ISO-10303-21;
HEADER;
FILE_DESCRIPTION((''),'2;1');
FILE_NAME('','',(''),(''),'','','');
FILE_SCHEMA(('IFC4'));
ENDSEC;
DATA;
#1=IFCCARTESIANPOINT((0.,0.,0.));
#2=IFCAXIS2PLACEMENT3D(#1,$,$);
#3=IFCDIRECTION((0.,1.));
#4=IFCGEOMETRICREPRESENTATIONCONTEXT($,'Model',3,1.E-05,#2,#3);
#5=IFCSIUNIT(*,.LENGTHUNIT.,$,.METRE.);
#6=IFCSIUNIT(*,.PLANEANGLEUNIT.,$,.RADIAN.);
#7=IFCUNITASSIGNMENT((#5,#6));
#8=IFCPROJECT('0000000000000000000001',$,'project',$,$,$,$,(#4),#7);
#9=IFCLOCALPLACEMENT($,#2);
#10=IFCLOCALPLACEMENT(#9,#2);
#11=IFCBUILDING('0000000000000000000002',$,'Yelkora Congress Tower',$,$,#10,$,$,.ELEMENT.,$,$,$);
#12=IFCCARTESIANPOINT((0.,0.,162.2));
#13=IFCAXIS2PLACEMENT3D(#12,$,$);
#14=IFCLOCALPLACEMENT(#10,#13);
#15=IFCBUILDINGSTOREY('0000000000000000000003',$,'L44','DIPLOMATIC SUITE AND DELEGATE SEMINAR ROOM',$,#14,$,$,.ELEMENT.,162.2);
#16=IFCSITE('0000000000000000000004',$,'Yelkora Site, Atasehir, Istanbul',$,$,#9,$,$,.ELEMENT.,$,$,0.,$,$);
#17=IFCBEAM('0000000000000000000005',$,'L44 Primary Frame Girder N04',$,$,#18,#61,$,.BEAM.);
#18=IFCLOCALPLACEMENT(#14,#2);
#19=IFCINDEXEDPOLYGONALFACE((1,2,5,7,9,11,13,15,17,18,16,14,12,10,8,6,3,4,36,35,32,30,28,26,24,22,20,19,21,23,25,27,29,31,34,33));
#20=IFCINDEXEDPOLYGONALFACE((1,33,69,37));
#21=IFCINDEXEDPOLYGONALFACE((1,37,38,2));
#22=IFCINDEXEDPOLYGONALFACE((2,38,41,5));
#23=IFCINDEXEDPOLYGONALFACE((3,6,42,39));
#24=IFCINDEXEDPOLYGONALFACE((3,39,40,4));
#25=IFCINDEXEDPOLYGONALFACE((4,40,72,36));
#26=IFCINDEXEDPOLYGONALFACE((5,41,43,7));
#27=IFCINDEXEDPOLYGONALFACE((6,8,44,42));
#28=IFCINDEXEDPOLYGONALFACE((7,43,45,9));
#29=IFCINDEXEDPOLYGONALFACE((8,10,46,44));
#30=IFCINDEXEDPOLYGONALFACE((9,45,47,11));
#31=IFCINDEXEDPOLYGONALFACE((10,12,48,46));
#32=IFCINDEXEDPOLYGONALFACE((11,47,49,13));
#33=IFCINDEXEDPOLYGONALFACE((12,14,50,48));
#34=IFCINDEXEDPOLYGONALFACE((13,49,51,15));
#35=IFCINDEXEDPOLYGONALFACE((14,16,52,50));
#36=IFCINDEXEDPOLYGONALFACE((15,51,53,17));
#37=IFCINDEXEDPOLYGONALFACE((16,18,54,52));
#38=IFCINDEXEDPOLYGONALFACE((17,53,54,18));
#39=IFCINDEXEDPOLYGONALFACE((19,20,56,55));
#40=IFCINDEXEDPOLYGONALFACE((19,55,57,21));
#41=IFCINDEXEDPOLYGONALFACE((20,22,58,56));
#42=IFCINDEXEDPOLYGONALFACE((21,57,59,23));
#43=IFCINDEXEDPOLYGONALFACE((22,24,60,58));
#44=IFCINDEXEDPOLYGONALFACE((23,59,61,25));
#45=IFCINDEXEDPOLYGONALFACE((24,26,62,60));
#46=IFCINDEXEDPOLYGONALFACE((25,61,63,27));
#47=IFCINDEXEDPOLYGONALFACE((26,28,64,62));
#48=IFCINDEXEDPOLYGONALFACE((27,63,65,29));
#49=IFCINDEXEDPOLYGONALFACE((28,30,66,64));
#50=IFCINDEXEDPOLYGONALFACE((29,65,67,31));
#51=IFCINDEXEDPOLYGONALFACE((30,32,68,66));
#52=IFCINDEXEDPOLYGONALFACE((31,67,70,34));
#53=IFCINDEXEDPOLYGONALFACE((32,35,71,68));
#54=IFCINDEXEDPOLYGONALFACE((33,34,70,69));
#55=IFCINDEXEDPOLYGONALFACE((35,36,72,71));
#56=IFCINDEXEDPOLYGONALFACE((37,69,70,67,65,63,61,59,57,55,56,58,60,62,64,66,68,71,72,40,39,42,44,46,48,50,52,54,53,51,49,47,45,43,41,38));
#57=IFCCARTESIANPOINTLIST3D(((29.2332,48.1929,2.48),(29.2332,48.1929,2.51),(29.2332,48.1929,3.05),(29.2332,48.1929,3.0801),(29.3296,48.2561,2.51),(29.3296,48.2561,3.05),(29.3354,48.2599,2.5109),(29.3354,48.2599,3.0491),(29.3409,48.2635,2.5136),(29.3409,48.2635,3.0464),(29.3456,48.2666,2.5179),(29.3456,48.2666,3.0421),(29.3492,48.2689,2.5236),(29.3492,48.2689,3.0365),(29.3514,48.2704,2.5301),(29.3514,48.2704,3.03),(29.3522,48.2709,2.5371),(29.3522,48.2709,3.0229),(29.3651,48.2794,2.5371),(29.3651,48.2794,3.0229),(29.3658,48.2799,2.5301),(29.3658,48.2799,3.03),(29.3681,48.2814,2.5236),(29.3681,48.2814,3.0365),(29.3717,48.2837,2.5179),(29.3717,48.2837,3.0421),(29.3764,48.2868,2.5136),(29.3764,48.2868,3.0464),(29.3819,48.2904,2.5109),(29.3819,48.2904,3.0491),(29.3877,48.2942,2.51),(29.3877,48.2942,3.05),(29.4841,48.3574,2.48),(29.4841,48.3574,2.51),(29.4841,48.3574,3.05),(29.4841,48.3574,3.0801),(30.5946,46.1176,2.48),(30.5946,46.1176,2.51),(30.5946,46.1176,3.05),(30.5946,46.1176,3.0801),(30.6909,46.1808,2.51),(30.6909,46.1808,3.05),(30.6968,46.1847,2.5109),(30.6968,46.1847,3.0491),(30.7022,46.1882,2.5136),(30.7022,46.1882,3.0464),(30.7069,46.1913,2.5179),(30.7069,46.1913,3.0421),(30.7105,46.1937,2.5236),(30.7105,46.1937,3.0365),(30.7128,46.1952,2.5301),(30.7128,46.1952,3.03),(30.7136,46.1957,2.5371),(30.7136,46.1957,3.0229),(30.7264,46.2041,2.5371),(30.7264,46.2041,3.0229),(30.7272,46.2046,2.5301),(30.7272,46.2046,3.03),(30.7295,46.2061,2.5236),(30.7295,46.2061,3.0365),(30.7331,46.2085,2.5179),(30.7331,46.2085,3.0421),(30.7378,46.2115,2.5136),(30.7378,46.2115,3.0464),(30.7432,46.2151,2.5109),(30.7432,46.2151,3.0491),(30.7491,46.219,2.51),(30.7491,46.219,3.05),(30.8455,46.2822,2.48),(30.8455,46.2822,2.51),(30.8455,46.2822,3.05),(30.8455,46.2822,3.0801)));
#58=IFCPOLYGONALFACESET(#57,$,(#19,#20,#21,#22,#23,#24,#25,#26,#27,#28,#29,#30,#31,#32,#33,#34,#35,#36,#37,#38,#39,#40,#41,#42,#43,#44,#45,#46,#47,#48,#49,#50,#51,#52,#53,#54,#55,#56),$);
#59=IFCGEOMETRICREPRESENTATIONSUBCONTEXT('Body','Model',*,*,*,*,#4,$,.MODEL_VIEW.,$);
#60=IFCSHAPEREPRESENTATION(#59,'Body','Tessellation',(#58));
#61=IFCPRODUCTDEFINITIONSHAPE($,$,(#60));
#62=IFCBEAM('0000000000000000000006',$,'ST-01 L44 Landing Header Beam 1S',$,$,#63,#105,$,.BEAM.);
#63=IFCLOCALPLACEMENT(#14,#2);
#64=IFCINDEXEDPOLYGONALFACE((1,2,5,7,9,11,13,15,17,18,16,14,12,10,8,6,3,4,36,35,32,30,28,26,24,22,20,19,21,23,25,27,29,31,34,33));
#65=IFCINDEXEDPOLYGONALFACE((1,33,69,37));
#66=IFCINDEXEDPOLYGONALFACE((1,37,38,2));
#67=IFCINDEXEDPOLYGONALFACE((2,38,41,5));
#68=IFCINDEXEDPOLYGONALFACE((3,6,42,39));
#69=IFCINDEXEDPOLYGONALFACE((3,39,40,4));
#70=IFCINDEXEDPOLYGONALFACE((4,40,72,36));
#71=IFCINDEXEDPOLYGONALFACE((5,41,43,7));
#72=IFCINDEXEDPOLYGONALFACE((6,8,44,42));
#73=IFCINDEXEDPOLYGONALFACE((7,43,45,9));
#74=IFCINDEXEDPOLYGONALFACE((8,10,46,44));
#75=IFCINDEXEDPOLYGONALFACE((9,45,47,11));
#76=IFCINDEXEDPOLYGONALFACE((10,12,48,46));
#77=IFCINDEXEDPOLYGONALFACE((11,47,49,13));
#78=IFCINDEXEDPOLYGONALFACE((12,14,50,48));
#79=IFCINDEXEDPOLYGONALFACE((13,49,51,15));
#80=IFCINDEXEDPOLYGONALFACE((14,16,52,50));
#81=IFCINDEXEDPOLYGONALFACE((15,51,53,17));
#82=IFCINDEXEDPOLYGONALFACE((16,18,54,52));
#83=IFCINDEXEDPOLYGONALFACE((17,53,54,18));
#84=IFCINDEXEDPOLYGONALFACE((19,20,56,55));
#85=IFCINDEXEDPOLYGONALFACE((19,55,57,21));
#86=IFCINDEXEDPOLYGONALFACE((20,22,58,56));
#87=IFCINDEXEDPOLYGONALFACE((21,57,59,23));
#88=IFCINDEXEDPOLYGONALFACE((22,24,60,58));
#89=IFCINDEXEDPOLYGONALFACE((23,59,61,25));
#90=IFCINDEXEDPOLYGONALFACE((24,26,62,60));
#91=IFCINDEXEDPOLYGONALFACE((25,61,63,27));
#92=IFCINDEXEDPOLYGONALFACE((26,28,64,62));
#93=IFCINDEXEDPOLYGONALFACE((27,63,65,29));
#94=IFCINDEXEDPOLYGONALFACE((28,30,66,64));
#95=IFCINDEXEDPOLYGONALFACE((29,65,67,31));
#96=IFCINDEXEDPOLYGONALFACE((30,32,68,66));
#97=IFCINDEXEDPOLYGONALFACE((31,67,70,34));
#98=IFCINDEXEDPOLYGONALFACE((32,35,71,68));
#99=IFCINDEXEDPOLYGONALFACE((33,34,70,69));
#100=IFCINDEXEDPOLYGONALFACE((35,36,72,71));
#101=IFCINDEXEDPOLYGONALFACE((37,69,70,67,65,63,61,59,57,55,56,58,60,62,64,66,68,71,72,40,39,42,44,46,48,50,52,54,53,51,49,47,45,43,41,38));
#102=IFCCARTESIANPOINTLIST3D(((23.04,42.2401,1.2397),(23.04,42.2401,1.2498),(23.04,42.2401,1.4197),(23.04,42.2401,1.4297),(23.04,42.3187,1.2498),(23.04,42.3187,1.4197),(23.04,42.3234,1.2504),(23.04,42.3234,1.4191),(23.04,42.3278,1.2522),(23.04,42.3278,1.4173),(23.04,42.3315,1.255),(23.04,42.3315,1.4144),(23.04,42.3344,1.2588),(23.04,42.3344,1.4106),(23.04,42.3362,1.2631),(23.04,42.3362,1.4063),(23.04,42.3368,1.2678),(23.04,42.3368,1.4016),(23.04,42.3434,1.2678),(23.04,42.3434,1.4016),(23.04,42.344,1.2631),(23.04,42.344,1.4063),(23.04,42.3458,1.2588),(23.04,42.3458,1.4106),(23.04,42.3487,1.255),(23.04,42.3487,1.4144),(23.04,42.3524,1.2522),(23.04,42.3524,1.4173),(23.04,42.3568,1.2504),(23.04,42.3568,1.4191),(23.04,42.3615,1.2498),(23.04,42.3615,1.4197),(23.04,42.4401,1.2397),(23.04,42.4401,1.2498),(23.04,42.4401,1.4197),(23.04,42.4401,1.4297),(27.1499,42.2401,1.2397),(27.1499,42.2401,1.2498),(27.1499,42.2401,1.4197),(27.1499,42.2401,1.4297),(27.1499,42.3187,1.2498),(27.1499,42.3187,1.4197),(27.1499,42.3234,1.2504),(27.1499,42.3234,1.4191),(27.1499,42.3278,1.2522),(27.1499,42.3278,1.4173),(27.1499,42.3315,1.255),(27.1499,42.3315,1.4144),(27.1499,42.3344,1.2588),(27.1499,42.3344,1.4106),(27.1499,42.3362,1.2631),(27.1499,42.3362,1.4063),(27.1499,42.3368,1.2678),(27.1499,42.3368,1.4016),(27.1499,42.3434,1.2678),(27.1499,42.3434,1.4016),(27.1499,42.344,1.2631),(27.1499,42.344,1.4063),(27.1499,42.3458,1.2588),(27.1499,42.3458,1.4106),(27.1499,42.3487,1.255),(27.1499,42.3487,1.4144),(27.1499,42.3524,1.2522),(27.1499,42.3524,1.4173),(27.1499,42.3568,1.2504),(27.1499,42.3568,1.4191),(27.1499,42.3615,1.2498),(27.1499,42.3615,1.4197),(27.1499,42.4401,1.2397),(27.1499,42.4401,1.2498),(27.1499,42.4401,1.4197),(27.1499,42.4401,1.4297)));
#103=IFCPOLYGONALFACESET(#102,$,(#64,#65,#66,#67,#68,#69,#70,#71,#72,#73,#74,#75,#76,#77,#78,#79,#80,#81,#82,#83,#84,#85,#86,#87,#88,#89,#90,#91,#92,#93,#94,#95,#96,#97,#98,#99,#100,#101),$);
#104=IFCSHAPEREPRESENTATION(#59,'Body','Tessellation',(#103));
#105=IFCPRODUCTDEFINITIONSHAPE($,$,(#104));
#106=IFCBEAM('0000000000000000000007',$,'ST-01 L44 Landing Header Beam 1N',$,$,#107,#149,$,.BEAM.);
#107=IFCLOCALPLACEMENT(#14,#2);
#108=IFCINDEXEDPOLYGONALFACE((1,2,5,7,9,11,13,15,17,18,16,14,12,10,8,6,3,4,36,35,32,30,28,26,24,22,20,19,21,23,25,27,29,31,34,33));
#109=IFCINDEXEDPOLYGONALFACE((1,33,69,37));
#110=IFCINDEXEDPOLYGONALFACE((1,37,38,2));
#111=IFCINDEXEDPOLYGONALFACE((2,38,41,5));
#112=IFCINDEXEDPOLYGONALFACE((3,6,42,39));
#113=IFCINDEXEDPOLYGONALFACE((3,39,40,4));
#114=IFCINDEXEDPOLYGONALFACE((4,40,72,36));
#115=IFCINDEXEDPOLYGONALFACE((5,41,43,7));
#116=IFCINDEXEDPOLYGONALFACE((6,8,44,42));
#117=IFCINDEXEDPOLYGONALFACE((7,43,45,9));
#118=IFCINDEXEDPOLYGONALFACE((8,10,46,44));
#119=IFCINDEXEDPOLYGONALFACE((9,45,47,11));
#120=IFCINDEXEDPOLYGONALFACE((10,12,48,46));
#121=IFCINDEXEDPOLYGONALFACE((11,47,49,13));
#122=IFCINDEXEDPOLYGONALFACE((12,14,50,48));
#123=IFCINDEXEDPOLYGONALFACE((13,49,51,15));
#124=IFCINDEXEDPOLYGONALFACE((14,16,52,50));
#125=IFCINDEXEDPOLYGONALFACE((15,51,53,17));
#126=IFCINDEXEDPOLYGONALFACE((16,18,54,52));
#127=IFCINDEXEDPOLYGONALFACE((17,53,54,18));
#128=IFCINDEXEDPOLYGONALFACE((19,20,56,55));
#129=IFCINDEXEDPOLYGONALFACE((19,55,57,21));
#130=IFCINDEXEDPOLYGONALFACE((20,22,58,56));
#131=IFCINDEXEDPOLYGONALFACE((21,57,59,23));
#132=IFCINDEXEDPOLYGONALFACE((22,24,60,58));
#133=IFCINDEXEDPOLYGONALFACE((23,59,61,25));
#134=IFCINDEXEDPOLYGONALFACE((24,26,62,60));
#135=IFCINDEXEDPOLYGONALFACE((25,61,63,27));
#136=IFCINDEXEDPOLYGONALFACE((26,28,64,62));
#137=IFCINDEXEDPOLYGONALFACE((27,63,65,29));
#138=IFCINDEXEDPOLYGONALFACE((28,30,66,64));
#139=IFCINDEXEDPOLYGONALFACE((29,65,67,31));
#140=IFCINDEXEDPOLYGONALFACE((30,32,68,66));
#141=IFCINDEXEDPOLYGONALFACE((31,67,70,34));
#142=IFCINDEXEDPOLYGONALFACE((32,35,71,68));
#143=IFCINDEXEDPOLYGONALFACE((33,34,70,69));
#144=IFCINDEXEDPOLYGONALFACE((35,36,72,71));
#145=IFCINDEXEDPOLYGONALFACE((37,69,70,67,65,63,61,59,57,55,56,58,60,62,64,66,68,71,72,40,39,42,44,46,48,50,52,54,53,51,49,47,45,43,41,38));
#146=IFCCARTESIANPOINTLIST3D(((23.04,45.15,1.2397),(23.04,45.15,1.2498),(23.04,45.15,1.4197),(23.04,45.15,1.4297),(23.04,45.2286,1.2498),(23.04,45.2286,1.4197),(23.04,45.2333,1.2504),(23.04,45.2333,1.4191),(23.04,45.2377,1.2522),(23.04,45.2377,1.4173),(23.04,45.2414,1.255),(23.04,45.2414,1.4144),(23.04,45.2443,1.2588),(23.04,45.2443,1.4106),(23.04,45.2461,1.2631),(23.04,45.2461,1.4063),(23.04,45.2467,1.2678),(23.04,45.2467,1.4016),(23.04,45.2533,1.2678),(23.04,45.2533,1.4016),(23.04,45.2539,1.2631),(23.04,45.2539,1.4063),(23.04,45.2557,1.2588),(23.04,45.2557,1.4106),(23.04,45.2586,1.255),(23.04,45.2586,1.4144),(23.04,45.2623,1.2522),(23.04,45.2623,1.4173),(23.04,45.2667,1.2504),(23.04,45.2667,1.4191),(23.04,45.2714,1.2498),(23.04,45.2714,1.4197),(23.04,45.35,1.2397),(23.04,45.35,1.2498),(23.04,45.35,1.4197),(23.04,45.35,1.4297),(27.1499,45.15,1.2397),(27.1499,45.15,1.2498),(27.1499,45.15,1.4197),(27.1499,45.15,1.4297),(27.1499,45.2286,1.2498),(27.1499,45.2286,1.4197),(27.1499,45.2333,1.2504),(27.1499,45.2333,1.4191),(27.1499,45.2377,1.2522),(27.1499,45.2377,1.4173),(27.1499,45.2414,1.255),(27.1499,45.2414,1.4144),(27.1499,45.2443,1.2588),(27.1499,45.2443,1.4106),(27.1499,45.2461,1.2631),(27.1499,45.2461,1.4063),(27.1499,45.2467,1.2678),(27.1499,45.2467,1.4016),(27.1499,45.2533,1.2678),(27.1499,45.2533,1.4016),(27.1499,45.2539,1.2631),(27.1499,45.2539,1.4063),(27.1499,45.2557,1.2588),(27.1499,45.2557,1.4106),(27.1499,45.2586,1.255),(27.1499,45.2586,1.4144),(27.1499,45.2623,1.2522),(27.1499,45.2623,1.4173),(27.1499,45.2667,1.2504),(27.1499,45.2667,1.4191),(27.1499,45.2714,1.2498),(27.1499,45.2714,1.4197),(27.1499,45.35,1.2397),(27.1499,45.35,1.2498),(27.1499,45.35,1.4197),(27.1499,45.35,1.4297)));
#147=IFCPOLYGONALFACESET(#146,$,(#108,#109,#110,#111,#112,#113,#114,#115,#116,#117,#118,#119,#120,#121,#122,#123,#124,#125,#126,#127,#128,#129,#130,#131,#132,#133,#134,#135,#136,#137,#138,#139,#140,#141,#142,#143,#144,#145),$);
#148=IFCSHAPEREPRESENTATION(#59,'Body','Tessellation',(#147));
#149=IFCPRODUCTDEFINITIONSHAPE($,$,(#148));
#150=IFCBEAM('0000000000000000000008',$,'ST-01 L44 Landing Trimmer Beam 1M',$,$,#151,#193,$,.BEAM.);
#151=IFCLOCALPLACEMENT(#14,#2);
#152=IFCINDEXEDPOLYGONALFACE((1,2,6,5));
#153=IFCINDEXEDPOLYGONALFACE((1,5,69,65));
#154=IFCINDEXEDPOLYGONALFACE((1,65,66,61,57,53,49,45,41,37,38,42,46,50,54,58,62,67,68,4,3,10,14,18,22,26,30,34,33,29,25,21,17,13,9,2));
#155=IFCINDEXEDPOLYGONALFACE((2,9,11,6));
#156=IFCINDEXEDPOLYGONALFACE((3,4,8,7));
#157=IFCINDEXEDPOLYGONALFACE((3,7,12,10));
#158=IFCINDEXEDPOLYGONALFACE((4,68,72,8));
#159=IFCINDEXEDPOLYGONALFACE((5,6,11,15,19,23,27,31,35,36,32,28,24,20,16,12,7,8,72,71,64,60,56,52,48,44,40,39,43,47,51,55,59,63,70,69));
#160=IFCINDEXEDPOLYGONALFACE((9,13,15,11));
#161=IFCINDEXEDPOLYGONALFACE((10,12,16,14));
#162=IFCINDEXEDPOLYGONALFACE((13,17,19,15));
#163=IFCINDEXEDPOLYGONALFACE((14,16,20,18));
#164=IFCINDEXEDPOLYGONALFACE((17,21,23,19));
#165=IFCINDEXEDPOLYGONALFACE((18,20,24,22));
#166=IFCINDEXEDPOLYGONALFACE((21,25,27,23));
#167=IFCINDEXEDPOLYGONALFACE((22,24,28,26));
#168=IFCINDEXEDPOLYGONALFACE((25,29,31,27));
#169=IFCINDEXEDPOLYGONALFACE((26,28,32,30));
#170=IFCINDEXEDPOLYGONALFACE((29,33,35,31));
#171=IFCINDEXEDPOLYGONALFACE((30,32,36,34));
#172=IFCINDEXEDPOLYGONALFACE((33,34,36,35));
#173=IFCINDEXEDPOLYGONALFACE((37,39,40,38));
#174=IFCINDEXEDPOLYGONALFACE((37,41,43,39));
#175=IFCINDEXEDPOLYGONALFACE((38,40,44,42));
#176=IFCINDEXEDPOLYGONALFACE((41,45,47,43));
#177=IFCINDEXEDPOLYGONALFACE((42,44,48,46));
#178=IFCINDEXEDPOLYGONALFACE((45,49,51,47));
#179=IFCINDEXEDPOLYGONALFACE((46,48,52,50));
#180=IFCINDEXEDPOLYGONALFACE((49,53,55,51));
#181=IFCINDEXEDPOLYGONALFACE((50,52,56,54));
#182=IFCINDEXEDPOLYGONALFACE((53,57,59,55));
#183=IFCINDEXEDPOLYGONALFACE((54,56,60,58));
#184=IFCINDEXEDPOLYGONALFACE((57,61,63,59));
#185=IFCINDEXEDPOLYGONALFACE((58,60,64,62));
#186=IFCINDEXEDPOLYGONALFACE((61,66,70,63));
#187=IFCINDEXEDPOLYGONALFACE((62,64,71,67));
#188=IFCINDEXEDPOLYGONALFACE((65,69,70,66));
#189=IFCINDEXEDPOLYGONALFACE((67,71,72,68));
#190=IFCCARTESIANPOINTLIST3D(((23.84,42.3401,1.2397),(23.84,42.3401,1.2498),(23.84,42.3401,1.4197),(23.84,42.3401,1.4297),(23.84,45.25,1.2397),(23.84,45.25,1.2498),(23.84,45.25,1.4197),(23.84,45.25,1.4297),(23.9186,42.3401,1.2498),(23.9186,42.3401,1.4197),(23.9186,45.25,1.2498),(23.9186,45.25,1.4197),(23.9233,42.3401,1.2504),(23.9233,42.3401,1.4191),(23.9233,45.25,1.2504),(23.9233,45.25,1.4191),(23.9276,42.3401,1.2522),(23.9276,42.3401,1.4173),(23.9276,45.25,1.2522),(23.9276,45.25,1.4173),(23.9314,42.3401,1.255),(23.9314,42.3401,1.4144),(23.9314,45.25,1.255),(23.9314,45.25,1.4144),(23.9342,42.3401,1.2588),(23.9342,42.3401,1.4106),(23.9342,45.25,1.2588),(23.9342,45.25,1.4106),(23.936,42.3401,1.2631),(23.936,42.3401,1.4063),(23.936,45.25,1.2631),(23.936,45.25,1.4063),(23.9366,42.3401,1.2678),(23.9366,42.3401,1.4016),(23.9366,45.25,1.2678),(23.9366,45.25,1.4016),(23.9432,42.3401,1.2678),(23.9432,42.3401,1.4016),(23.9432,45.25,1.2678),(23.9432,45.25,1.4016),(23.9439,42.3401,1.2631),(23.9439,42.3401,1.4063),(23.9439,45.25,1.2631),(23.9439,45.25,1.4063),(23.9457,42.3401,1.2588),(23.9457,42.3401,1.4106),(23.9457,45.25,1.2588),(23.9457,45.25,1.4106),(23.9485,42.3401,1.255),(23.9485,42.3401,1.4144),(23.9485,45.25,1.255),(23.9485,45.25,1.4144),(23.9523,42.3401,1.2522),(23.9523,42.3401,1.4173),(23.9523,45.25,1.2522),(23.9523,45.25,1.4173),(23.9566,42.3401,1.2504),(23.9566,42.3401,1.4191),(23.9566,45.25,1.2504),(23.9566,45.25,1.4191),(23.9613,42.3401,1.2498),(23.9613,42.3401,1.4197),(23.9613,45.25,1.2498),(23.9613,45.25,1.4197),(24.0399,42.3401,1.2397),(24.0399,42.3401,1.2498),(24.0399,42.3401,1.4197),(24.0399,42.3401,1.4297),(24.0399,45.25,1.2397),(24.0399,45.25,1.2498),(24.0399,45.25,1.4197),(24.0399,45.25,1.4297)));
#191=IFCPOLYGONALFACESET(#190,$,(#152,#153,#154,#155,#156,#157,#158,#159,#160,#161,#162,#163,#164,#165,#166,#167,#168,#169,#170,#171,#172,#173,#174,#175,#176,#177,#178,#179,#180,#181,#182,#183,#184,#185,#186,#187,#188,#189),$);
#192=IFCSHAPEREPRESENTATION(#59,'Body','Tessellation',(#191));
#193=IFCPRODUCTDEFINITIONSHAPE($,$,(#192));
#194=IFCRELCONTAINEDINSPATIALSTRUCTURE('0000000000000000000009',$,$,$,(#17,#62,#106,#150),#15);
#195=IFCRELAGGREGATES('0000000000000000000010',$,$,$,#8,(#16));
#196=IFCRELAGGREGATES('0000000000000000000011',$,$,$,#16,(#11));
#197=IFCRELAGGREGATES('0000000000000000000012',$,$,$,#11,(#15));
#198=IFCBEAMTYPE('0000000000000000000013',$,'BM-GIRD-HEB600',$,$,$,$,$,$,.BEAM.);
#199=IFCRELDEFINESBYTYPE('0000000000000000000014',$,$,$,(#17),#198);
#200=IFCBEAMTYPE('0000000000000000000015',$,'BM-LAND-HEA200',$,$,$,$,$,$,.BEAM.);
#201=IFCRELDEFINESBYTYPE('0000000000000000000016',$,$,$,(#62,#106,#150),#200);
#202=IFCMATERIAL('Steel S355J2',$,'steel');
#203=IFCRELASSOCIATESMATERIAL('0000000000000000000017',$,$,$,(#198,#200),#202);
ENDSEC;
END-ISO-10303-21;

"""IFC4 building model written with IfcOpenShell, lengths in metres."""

from ifc_helpers import new_model, si_unit, direction, frame, origin, origin_2d, place, context, subcontext, project, spatial, i_section, extrude, material, material_profile, profile_set, type_object, element, save


model = new_model("IFC4")

# Units and contexts
model_context = context("Model", 3, precision=1e-05, world=origin(), true_north=direction((0.0, 1.0)))
body_context = subcontext(model_context, "Body", "Model", "MODEL_VIEW")
ifc_project = project(units=[si_unit("LENGTHUNIT", "METRE"), si_unit("PLANEANGLEUNIT", "RADIAN")], contexts=[model_context])

# Site, building, storey
site_placement = place(None, origin())
site = spatial("IfcSite", under=ifc_project, at=site_placement, Name="Yelkora Site, Atasehir, Istanbul", CompositionType="ELEMENT", RefElevation=0.0)
building_placement = place(site_placement, origin())
building = spatial("IfcBuilding", under=site, at=building_placement, Name="Yelkora Congress Tower", CompositionType="ELEMENT")
storey_placement = place(building_placement, frame((0.0, 0.0, 162.2)))
storey = spatial("IfcBuildingStorey", under=building, at=storey_placement, Name="L44", Description="DIPLOMATIC SUITE AND DELEGATE SEMINAR ROOM", CompositionType="ELEMENT", Elevation=162.2)

# Beams
ifc_material_1 = material(Name="Steel S355J2", Category="steel")
ifc_material_profile_1 = material_profile(ifc_material_1, i_section(OverallWidth=0.3, OverallDepth=0.6001, WebThickness=0.0154, FlangeThickness=0.03, FilletRadius=0.0271, at=origin_2d()), Name="HEB 600")
ifc_profile_set_1 = profile_set([ifc_material_profile_1], Name="Steel S355J2")
beam_type_1 = type_object("IfcBeamType", Name="BM-GIRD-HEB600", PredefinedType="BEAM", material=ifc_profile_set_1)
beam_1_placement = place(storey_placement, frame((29.3586, 48.2751, 2.78), z_axis=(0.54851, -0.836144, 0.0), x_axis=(0.836144, 0.54851, 0.0)))
element("IfcBeam", 1, at=beam_1_placement, inside=storey, type_object=beam_type_1, Name="L44 Primary Frame Girder N04", PredefinedType="BEAM", context=body_context, shape_type="SweptSolid", body=[
    extrude(i_section(OverallWidth=0.3, OverallDepth=0.6001, WebThickness=0.0154, FlangeThickness=0.03, FilletRadius=0.0271, at=origin_2d()), origin(), (0.0, 0.0, 1.0), 2.4819),
])
ifc_material_profile_2 = material_profile(ifc_material_1, i_section(OverallWidth=0.2, OverallDepth=0.1899, WebThickness=0.0066, FlangeThickness=0.01, FilletRadius=0.0181, at=origin_2d()), Name="HEA 200")
ifc_profile_set_2 = profile_set([ifc_material_profile_2], Name="Steel S355J2")
beam_type_2 = type_object("IfcBeamType", Name="BM-LAND-HEA200", PredefinedType="BEAM", material=ifc_profile_set_2)
for number, where, z_axis, x_axis, name in (
    (2, (23.04, 42.3401, 1.3347), (1.0, 0.0, 0.0), (0.0, 1.0, 0.0), "ST-01 L44 Landing Header Beam 1S"),
    (3, (23.04, 45.25, 1.3347), (1.0, 0.0, 0.0), (0.0, 1.0, 0.0), "ST-01 L44 Landing Header Beam 1N"),
):
    element("IfcBeam", number, at=place(storey_placement, frame(where, z_axis=z_axis, x_axis=x_axis)), inside=storey, type_object=beam_type_2, Name=name, PredefinedType="BEAM", context=body_context, shape_type="SweptSolid", body=[
        extrude(i_section(OverallWidth=0.2, OverallDepth=0.1899, WebThickness=0.0066, FlangeThickness=0.01, FilletRadius=0.0181, at=origin_2d()), origin(), (0.0, 0.0, 1.0), 4.1099),
    ])
beam_2_placement = place(storey_placement, frame((23.9399, 42.3401, 1.3347), z_axis=(0.0, 1.0, 0.0), x_axis=(-1.0, 0.0, 0.0)))
element("IfcBeam", 4, at=beam_2_placement, inside=storey, type_object=beam_type_2, Name="ST-01 L44 Landing Trimmer Beam 1M", PredefinedType="BEAM", context=body_context, shape_type="SweptSolid", body=[
    extrude(i_section(OverallWidth=0.2, OverallDepth=0.1899, WebThickness=0.0066, FlangeThickness=0.01, FilletRadius=0.0181, at=origin_2d()), origin(), (0.0, 0.0, 1.0), 2.9099),
])

save(model, "model.ifc")
